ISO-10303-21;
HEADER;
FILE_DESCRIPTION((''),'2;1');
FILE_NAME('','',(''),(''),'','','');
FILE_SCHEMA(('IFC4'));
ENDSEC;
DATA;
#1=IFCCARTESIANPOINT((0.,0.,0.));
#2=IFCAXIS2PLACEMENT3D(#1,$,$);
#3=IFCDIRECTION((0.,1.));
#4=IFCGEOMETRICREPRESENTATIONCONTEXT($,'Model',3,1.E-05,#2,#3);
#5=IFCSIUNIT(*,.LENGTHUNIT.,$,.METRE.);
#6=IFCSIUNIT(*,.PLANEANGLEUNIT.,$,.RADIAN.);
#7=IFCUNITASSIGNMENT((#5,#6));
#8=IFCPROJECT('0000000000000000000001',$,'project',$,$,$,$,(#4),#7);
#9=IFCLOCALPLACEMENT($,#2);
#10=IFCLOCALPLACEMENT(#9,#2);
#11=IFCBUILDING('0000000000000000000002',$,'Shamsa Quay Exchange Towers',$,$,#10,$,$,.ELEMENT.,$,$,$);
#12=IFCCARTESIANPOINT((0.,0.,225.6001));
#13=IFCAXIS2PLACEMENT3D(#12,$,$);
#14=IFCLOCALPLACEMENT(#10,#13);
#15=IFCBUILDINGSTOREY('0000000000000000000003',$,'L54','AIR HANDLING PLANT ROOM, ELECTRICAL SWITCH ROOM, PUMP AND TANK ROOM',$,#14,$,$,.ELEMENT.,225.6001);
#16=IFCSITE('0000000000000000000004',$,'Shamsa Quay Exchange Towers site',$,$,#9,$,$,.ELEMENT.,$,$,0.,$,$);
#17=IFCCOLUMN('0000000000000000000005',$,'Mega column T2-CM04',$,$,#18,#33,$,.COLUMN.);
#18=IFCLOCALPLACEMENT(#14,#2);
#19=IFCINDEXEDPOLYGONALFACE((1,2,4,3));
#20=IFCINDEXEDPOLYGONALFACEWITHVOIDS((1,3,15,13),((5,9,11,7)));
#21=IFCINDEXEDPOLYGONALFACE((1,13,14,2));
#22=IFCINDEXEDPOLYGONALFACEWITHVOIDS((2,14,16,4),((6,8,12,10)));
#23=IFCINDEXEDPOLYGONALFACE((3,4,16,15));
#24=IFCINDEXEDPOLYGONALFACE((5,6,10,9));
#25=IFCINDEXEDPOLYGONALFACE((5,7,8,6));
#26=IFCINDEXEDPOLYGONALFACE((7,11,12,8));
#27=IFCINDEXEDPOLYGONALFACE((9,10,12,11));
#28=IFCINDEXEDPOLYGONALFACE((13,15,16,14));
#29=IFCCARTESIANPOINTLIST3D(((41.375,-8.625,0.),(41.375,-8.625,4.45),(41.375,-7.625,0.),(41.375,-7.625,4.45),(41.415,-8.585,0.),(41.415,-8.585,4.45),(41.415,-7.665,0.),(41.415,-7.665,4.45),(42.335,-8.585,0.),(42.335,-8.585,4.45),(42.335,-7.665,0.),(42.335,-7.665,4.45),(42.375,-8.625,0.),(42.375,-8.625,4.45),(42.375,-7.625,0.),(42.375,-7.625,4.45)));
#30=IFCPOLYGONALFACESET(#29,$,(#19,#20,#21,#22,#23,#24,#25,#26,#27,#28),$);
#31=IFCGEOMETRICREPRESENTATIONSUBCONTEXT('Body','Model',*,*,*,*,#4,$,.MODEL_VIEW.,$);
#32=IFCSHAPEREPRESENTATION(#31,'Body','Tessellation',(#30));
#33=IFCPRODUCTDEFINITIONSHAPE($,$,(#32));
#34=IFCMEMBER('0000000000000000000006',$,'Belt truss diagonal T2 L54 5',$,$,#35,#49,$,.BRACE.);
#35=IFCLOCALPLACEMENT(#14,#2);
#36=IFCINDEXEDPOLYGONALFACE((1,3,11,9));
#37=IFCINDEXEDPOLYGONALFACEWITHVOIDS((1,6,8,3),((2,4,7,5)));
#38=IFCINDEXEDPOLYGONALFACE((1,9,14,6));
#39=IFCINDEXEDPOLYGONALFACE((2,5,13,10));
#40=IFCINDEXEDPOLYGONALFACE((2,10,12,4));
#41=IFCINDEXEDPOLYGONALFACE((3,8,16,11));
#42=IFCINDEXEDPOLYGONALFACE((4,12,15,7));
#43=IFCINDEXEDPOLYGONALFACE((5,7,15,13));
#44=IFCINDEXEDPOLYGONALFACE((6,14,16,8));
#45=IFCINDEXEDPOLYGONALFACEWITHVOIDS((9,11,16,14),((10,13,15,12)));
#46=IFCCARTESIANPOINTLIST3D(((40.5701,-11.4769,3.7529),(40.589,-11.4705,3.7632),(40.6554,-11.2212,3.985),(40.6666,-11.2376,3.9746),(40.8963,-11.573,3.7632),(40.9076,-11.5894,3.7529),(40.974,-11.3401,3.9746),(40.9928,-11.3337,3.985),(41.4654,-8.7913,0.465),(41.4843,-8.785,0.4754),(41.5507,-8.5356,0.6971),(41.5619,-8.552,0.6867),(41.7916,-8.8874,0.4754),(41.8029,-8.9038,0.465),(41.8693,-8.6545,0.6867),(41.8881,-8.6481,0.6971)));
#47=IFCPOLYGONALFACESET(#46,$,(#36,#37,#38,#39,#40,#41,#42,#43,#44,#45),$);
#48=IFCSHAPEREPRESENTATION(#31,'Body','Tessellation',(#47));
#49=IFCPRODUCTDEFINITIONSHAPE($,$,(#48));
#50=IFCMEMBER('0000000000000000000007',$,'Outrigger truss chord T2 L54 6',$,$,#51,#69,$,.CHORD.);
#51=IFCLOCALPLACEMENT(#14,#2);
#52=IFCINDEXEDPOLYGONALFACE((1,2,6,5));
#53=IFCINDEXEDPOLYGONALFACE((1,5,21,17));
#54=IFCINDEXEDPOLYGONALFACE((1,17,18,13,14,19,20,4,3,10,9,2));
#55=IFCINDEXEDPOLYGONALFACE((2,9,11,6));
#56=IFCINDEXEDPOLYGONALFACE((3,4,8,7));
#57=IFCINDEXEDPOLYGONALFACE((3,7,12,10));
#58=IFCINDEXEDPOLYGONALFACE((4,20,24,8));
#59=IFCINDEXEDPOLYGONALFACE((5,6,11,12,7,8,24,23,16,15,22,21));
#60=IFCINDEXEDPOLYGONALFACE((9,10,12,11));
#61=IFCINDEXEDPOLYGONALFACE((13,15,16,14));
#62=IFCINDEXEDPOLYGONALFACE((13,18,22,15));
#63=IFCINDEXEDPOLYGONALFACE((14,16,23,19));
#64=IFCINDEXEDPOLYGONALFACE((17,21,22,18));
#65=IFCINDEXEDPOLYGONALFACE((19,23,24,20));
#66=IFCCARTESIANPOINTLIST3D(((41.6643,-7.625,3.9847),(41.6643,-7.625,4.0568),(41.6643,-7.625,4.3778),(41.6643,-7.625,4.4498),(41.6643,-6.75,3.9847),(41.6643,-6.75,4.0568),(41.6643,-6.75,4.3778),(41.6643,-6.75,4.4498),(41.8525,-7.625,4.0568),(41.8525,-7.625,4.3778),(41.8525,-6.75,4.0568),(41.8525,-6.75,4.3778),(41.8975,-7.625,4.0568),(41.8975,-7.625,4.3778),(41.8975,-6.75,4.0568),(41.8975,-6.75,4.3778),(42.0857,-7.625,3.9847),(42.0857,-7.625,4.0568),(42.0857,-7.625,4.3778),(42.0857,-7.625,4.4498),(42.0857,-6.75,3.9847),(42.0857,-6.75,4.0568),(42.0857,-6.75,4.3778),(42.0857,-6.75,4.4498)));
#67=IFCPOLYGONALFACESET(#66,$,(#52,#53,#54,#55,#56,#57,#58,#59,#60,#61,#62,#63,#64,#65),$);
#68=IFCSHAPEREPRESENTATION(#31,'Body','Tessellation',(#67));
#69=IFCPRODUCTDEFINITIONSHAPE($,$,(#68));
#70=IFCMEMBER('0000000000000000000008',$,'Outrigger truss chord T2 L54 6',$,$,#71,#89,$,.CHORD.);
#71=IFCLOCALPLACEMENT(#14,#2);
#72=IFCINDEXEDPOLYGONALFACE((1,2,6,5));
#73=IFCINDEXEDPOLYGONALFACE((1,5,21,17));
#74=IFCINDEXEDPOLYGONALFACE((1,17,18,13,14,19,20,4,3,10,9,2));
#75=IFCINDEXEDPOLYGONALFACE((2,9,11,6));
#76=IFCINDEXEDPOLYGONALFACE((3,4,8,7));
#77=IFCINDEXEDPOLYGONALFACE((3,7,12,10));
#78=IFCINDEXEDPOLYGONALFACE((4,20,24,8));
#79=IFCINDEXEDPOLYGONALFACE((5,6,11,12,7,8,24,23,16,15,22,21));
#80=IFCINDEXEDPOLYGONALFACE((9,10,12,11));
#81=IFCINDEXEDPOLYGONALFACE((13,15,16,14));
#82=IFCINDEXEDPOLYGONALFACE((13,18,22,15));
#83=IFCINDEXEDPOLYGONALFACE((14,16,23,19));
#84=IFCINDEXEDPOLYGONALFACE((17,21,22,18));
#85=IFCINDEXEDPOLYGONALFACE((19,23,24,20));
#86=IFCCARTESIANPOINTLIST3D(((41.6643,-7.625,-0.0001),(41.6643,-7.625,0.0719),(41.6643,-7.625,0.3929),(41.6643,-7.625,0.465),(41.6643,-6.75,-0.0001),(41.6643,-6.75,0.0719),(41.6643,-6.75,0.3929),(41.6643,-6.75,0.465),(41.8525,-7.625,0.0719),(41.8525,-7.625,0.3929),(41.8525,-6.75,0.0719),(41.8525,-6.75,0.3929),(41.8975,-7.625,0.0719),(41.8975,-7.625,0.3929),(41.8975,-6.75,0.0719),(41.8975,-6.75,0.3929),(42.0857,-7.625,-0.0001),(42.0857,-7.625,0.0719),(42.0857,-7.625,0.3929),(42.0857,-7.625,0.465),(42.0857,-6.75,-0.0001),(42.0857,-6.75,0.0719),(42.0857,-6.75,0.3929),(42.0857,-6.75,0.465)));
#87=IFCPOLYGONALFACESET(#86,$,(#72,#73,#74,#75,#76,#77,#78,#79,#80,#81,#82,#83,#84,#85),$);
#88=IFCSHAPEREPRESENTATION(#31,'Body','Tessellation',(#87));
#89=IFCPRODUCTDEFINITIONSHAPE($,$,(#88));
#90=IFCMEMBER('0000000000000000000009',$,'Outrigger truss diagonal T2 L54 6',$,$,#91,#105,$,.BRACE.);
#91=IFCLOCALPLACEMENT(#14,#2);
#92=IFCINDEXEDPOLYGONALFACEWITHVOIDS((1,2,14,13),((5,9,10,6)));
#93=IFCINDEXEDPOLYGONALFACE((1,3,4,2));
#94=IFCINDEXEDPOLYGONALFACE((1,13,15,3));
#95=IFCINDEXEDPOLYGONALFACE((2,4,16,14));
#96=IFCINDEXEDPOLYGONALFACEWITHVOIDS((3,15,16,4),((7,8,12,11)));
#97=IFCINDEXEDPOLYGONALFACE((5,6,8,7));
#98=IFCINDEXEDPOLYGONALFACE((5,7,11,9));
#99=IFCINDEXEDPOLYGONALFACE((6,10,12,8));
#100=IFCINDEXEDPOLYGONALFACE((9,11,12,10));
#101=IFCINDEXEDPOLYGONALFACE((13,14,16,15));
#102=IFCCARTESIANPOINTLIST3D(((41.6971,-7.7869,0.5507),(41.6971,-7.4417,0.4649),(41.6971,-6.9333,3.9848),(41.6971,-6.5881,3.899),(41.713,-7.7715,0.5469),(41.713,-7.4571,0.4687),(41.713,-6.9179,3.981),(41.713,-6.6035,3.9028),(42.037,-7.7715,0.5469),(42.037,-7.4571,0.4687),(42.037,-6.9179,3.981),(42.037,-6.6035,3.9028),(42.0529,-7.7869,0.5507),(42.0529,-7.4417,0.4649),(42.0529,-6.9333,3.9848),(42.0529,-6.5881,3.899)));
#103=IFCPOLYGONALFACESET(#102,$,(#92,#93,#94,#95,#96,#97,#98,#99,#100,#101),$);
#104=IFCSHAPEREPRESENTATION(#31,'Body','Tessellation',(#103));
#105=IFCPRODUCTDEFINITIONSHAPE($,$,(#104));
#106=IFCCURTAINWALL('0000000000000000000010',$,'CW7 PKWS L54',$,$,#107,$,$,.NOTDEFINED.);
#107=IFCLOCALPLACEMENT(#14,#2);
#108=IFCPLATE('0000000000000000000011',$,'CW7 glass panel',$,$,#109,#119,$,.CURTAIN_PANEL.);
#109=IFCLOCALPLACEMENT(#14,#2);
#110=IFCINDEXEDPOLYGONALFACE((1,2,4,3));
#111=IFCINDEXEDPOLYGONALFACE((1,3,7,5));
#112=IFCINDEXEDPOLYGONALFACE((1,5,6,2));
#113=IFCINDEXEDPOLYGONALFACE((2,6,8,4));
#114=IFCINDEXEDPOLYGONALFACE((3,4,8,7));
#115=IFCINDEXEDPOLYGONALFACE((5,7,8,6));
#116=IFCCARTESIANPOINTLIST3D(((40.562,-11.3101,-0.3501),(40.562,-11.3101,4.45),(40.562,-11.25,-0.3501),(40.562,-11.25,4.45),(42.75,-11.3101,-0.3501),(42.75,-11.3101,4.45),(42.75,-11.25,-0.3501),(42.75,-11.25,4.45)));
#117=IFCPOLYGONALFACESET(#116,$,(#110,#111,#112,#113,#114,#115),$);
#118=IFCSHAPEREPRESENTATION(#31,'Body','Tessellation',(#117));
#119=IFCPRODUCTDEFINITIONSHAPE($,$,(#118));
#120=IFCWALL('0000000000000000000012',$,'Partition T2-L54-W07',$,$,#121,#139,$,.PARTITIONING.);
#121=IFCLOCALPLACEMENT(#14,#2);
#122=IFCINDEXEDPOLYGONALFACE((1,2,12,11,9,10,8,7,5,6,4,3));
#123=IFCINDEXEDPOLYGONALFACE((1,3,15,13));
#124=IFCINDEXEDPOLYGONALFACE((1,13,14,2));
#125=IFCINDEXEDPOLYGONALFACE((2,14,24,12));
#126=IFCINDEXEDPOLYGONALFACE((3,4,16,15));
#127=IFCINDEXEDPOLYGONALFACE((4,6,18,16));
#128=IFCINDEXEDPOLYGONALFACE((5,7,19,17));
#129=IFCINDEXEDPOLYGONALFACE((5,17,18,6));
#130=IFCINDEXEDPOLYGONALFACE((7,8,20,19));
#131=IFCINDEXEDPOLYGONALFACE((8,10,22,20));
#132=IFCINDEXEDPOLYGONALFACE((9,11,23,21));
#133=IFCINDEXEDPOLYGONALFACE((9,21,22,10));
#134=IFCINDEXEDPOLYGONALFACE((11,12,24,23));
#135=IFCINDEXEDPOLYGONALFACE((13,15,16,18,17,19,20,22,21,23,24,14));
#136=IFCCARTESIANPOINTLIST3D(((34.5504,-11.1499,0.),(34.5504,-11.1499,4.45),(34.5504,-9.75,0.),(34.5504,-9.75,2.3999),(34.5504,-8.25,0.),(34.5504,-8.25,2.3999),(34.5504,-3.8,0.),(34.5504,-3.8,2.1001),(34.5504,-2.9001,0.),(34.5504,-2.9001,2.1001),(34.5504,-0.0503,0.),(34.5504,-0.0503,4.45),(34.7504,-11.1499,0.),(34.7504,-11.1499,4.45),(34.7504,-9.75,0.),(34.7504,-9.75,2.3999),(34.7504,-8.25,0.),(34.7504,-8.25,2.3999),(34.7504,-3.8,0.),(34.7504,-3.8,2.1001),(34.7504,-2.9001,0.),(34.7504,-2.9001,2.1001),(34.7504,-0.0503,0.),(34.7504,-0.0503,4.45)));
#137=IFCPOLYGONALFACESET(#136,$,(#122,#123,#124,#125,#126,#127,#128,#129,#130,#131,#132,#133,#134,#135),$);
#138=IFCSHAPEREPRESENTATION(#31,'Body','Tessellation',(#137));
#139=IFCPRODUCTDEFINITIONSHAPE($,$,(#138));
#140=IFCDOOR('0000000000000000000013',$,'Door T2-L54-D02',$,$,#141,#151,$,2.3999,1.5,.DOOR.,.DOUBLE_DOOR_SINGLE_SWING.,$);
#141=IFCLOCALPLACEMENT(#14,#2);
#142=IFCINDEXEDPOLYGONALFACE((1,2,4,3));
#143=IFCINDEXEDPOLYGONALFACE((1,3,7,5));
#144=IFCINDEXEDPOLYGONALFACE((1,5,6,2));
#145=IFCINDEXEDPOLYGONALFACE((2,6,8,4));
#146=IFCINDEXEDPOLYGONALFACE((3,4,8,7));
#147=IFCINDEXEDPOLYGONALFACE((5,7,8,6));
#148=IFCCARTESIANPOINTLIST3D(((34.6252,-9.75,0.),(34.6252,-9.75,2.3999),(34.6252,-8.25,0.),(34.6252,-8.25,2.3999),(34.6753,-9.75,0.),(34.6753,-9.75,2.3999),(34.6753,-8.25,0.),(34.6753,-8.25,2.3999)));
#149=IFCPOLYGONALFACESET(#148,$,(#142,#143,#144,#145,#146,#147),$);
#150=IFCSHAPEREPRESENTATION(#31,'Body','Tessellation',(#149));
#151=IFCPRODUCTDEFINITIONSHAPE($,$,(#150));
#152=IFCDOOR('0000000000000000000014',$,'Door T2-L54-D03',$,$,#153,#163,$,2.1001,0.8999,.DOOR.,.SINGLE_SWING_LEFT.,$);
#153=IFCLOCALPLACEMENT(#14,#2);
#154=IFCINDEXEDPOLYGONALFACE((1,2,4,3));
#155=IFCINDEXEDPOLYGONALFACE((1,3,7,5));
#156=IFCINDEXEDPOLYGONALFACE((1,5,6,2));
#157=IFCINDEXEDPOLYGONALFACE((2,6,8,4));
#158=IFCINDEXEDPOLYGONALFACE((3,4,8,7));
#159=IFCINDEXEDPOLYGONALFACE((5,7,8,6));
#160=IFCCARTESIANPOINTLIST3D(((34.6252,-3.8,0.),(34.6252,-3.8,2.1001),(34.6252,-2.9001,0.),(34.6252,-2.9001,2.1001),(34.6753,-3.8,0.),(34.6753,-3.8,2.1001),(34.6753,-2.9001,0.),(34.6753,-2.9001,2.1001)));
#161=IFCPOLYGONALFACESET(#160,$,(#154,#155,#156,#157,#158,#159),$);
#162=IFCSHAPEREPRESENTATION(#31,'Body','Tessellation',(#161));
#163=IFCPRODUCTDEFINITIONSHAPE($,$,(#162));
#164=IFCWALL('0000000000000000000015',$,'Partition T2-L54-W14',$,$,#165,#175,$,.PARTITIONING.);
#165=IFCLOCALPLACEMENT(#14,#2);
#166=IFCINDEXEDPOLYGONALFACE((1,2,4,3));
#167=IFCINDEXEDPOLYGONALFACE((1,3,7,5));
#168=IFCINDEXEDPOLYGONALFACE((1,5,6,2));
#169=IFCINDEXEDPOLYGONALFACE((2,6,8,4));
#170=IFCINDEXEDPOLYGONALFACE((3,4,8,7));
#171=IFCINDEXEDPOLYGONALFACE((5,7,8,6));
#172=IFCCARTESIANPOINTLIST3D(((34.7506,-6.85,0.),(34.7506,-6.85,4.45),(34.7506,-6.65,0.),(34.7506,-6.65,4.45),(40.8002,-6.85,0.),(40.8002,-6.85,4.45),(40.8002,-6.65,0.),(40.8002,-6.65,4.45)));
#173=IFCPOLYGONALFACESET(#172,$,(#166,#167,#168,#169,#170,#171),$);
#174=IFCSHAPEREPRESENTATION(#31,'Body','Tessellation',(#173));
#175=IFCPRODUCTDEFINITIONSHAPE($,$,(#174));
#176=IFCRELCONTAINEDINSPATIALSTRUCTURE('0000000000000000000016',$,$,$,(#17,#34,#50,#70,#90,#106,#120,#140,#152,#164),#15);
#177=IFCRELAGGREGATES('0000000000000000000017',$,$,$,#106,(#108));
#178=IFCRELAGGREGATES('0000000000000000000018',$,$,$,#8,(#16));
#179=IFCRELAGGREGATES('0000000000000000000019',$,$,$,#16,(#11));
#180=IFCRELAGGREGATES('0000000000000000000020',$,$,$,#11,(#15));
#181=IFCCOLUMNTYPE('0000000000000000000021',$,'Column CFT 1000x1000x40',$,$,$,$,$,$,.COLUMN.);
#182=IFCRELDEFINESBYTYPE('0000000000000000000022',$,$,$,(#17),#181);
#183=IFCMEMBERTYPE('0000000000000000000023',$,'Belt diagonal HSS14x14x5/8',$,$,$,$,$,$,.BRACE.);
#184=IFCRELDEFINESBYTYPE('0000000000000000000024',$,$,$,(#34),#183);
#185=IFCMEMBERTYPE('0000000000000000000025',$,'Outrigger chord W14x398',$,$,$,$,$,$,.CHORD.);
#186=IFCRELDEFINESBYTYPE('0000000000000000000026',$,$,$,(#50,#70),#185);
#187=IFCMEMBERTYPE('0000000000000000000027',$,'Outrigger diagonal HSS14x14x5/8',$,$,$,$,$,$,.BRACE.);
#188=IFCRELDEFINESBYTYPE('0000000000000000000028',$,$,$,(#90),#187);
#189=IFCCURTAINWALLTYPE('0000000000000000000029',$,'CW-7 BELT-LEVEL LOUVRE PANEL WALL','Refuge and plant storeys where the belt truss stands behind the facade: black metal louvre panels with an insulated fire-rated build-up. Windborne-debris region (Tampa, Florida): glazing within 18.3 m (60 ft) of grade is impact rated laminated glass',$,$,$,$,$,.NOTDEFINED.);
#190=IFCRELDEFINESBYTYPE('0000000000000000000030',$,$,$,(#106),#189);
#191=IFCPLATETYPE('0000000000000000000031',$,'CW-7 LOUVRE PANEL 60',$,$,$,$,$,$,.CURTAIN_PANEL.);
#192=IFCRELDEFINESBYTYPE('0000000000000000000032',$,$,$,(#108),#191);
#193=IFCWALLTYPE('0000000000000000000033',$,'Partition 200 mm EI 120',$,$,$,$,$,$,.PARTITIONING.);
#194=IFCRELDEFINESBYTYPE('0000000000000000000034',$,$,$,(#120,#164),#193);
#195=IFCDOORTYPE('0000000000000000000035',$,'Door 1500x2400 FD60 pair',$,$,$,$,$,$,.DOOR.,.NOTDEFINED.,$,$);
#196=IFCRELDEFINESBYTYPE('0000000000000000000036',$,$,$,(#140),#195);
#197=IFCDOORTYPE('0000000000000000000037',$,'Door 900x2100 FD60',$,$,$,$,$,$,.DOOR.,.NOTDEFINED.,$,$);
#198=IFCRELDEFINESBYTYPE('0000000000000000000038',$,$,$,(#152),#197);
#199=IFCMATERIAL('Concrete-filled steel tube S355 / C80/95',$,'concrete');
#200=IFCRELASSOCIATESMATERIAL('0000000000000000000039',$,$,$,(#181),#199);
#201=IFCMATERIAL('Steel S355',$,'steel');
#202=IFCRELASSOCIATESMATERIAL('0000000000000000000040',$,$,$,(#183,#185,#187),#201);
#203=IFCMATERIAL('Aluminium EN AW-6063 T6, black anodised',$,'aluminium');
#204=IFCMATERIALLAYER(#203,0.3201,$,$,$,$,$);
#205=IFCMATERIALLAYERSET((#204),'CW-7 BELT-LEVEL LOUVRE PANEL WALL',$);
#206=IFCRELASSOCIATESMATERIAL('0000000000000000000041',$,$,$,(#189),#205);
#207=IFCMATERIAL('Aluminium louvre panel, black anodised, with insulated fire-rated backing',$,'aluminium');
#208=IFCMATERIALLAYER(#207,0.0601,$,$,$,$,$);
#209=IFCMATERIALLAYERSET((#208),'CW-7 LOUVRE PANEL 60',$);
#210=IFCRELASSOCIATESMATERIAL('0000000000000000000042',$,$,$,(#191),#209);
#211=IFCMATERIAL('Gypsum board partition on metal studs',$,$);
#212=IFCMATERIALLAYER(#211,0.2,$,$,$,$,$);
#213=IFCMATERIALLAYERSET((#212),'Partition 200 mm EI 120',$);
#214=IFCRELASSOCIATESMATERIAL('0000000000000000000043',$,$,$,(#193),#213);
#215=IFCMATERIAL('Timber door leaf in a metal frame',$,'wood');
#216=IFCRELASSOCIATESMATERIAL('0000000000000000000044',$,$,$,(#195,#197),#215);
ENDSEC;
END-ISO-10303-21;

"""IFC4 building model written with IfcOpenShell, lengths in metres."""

from ifc_helpers import new_model, si_unit, direction, frame, frame_2d, origin, origin_2d, place, context, subcontext, project, spatial, rectangle, hollow_rectangle, i_section, extrude, material, layer, layer_set, material_profile, profile_set, type_object, element, fill, aggregate, save


model = new_model("IFC4")

# Units and contexts
model_context = context("Model", 3, precision=1e-05, world=origin(), true_north=direction((0.0, 1.0)))
body_context = subcontext(model_context, "Body", "Model", "MODEL_VIEW")
ifc_project = project(units=[si_unit("LENGTHUNIT", "METRE"), si_unit("PLANEANGLEUNIT", "RADIAN")], contexts=[model_context])

# Site, building, storey
site_placement = place(None, origin())
site = spatial("IfcSite", under=ifc_project, at=site_placement, Name="Shamsa Quay Exchange Towers site", CompositionType="ELEMENT", RefElevation=0.0)
building_placement = place(site_placement, origin())
building = spatial("IfcBuilding", under=site, at=building_placement, Name="Shamsa Quay Exchange Towers", CompositionType="ELEMENT")
storey_placement = place(building_placement, frame((0.0, 0.0, 225.6001)))
storey = spatial("IfcBuildingStorey", under=building, at=storey_placement, Name="L54", Description="AIR HANDLING PLANT ROOM, ELECTRICAL SWITCH ROOM, PUMP AND TANK ROOM", CompositionType="ELEMENT", Elevation=225.6001)

# Column
ifc_material_1 = material(Name="Concrete-filled steel tube S355 / C80/95", Category="concrete")
ifc_material_profile_1 = material_profile(ifc_material_1, hollow_rectangle(XDim=1.0, YDim=1.0, WallThickness=0.04, at=origin_2d()), Name="CFT 1000x1000x40")
ifc_profile_set_1 = profile_set([ifc_material_profile_1], Name="Concrete-filled steel tube S355 / C80/95")
column_type = type_object("IfcColumnType", Name="Column CFT 1000x1000x40", PredefinedType="COLUMN", material=ifc_profile_set_1)
column_placement = place(storey_placement, frame((41.875, -8.125, 0.0)))
element("IfcColumn", 1, at=column_placement, inside=storey, type_object=column_type, Name="Mega column T2-CM04", PredefinedType="COLUMN", context=body_context, shape_type="SweptSolid", body=[
    extrude(hollow_rectangle(XDim=1.0, YDim=1.0, WallThickness=0.04, at=origin_2d()), origin(), (0.0, 0.0, 1.0), 4.45),
])

# Members
ifc_material_2 = material(Name="Steel S355", Category="steel")
ifc_material_profile_2 = material_profile(ifc_material_2, hollow_rectangle(XDim=0.3557, YDim=0.3557, WallThickness=0.0159, at=origin_2d()), Name="HSS14x14x5/8")
ifc_profile_set_2 = profile_set([ifc_material_profile_2], Name="Steel S355")
member_type_1 = type_object("IfcMemberType", Name="Belt diagonal HSS14x14x5/8", PredefinedType="BRACE", material=ifc_profile_set_2)
member_1_placement = place(storey_placement, frame((41.6768, -8.7197, 0.5811), z_axis=(-0.206348, -0.618987, 0.757809), x_axis=(0.948675, -0.316254, 0.0)))
element("IfcMember", 2, at=member_1_placement, inside=storey, type_object=member_type_1, Name="Belt truss diagonal T2 L54 5", PredefinedType="BRACE", context=body_context, shape_type="SweptSolid", body=[
    extrude(hollow_rectangle(XDim=0.3557, YDim=0.3557, WallThickness=0.0159, at=origin_2d()), origin(), (0.0, 0.0, 1.0), 4.3386),
])
ifc_material_profile_3 = material_profile(ifc_material_2, i_section(OverallWidth=0.4214, OverallDepth=0.4651, WebThickness=0.0449, FlangeThickness=0.072, at=origin_2d()), Name="W14x398")
ifc_profile_set_3 = profile_set([ifc_material_profile_3], Name="Steel S355")
member_type_2 = type_object("IfcMemberType", Name="Outrigger chord W14x398", PredefinedType="CHORD", material=ifc_profile_set_3)
for number, where, z_axis, x_axis, name in (
    (3, (41.875, -7.625, 4.2173), (0.0, 1.0, 0.0), (-1.0, 0.0, 0.0), "Outrigger truss chord T2 L54 6"),
    (4, (41.875, -7.625, 0.2324), (0.0, 1.0, 0.0), (-1.0, 0.0, 0.0), "Outrigger truss chord T2 L54 6"),
):
    element("IfcMember", number, at=place(storey_placement, frame(where, z_axis=z_axis, x_axis=x_axis)), inside=storey, type_object=member_type_2, Name=name, PredefinedType="CHORD", context=body_context, shape_type="SweptSolid", body=[
        extrude(i_section(OverallWidth=0.4214, OverallDepth=0.4651, WebThickness=0.0449, FlangeThickness=0.072, at=origin_2d()), origin(), (0.0, 0.0, 1.0), 0.875),
    ])
ifc_material_profile_4 = material_profile(ifc_material_2, hollow_rectangle(XDim=0.3557, YDim=0.3557, WallThickness=0.0159, at=origin_2d()), Name="HSS14x14x5/8")
ifc_profile_set_4 = profile_set([ifc_material_profile_4], Name="Steel S355")
member_type_3 = type_object("IfcMemberType", Name="Outrigger diagonal HSS14x14x5/8", PredefinedType="BRACE", material=ifc_profile_set_4)
member_2_placement = place(storey_placement, frame((41.875, -7.6143, 0.5078), z_axis=(0.0, 0.241204, 0.970474), x_axis=(-1.0, 0.0, 0.0)))
element("IfcMember", 5, at=member_2_placement, inside=storey, type_object=member_type_3, Name="Outrigger truss diagonal T2 L54 6", PredefinedType="BRACE", context=body_context, shape_type="SweptSolid", body=[
    extrude(hollow_rectangle(XDim=0.3557, YDim=0.3557, WallThickness=0.0159, at=origin_2d()), origin(), (0.0, 0.0, 1.0), 3.5386),
])

# Curtain wall, plate
ifc_material_3 = material(Name="Aluminium EN AW-6063 T6, black anodised", Category="aluminium")
ifc_layer_1 = layer(ifc_material_3, 0.3201)
ifc_layer_set_1 = layer_set([ifc_layer_1], Name="CW-7 BELT-LEVEL LOUVRE PANEL WALL")
curtain_wall_type = type_object("IfcCurtainWallType", Name="CW-7 BELT-LEVEL LOUVRE PANEL WALL", Description="Refuge and plant storeys where the belt truss stands behind the facade: black metal louvre panels with an insulated fire-rated build-up. Windborne-debris region (Tampa, Florida): glazing within 18.3 m (60 ft) of grade is impact rated laminated glass", PredefinedType="NOTDEFINED", material=ifc_layer_set_1)
curtain_wall_placement = place(storey_placement, origin())
curtain_wall = element("IfcCurtainWall", 6, at=curtain_wall_placement, inside=storey, type_object=curtain_wall_type, Name="CW7 PKWS L54", PredefinedType="NOTDEFINED")
ifc_material_4 = material(Name="Aluminium louvre panel, black anodised, with insulated fire-rated backing", Category="aluminium")
ifc_layer_2 = layer(ifc_material_4, 0.0601)
ifc_layer_set_2 = layer_set([ifc_layer_2], Name="CW-7 LOUVRE PANEL 60")
plate_type = type_object("IfcPlateType", Name="CW-7 LOUVRE PANEL 60", PredefinedType="CURTAIN_PANEL", material=ifc_layer_set_2)
plate_placement = place(storey_placement, frame((41.656, -11.28, -0.3501)))
plate = element("IfcPlate", 7, at=plate_placement, type_object=plate_type, Name="CW7 glass panel", PredefinedType="CURTAIN_PANEL", context=body_context, shape_type="SweptSolid", body=[
    extrude(rectangle(XDim=2.188, YDim=0.0601, at=origin_2d()), origin(), (0.0, 0.0, 1.0), 4.8),
])
aggregate(curtain_wall, [plate])

# Wall, openings, doors
ifc_material_5 = material(Name="Gypsum board partition on metal studs")
ifc_layer_3 = layer(ifc_material_5, 0.2)
ifc_layer_set_3 = layer_set([ifc_layer_3], Name="Partition 200 mm EI 120")
wall_type_1 = type_object("IfcWallType", Name="Partition 200 mm EI 120", PredefinedType="PARTITIONING", material=ifc_layer_set_3)
wall_1_placement = place(storey_placement, frame((34.6504, -0.0503, 0.0), z_axis=(0.0, 0.0, 1.0), x_axis=(0.0, -1.0, 0.0)))
wall_1 = element("IfcWall", 8, at=wall_1_placement, inside=storey, type_object=wall_type_1, Name="Partition T2-L54-W07", PredefinedType="PARTITIONING", context=body_context, shape_type="SweptSolid", body=[
    extrude(rectangle(XDim=11.0996, YDim=0.2, at=frame_2d((5.5498, 0.0))), origin(), (0.0, 0.0, 1.0), 4.45),
])
opening_1_placement = place(wall_1_placement, frame((8.1997, 0.0, 0.0)))
opening_1 = element("IfcOpeningElement", 9, at=opening_1_placement, cuts=wall_1, PredefinedType="OPENING", context=body_context, shape_type="SweptSolid", body=[
    extrude(rectangle(XDim=1.5, YDim=2.3999, at=frame_2d((0.75, 1.2))), frame((0.0, 0.1099, 0.0), z_axis=(0.0, -1.0, 0.0), x_axis=(1.0, 0.0, 0.0)), (0.0, 0.0, 1.0), 0.22),
])
opening_2_placement = place(wall_1_placement, frame((2.8499, 0.0, 0.0)))
opening_2 = element("IfcOpeningElement", 10, at=opening_2_placement, cuts=wall_1, PredefinedType="OPENING", context=body_context, shape_type="SweptSolid", body=[
    extrude(rectangle(XDim=0.8999, YDim=2.1001, at=frame_2d((0.45, 1.05))), frame((0.0, 0.1099, 0.0), z_axis=(0.0, -1.0, 0.0), x_axis=(1.0, 0.0, 0.0)), (0.0, 0.0, 1.0), 0.22),
])
ifc_material_6 = material(Name="Timber door leaf in a metal frame", Category="wood")
door_type_1 = type_object("IfcDoorType", Name="Door 1500x2400 FD60 pair", OperationType="NOTDEFINED", PredefinedType="DOOR", material=ifc_material_6)
door_1_placement = place(opening_1_placement, origin())
door_1 = element("IfcDoor", 11, at=door_1_placement, inside=storey, type_object=door_type_1, Name="Door T2-L54-D02", OperationType="DOUBLE_DOOR_SINGLE_SWING", OverallHeight=2.3999, OverallWidth=1.5, PredefinedType="DOOR", context=body_context, shape_type="SweptSolid", body=[
    extrude(rectangle(XDim=1.5, YDim=2.3999, at=frame_2d((0.75, 1.2))), frame((0.0, 0.0249, 0.0), z_axis=(0.0, -1.0, 0.0), x_axis=(1.0, 0.0, 0.0)), (0.0, 0.0, 1.0), 0.05),
])
fill(opening_1, door_1)
door_type_2 = type_object("IfcDoorType", Name="Door 900x2100 FD60", OperationType="NOTDEFINED", PredefinedType="DOOR", material=ifc_material_6)
door_2_placement = place(opening_2_placement, origin())
door_2 = element("IfcDoor", 12, at=door_2_placement, inside=storey, type_object=door_type_2, Name="Door T2-L54-D03", OperationType="SINGLE_SWING_LEFT", OverallHeight=2.1001, OverallWidth=0.8999, PredefinedType="DOOR", context=body_context, shape_type="SweptSolid", body=[
    extrude(rectangle(XDim=0.8999, YDim=2.1001, at=frame_2d((0.45, 1.05))), frame((0.0, 0.0249, 0.0), z_axis=(0.0, -1.0, 0.0), x_axis=(1.0, 0.0, 0.0)), (0.0, 0.0, 1.0), 0.05),
])
fill(opening_2, door_2)

# Wall
wall_2_placement = place(storey_placement, frame((34.7505, -6.75, 0.0)))
element("IfcWall", 13, at=wall_2_placement, inside=storey, type_object=wall_type_1, Name="Partition T2-L54-W14", PredefinedType="PARTITIONING", context=body_context, shape_type="SweptSolid", body=[
    extrude(rectangle(XDim=6.0496, YDim=0.2, at=frame_2d((3.0249, 0.0))), origin(), (0.0, 0.0, 1.0), 4.45),
])

save(model, "model.ifc")
